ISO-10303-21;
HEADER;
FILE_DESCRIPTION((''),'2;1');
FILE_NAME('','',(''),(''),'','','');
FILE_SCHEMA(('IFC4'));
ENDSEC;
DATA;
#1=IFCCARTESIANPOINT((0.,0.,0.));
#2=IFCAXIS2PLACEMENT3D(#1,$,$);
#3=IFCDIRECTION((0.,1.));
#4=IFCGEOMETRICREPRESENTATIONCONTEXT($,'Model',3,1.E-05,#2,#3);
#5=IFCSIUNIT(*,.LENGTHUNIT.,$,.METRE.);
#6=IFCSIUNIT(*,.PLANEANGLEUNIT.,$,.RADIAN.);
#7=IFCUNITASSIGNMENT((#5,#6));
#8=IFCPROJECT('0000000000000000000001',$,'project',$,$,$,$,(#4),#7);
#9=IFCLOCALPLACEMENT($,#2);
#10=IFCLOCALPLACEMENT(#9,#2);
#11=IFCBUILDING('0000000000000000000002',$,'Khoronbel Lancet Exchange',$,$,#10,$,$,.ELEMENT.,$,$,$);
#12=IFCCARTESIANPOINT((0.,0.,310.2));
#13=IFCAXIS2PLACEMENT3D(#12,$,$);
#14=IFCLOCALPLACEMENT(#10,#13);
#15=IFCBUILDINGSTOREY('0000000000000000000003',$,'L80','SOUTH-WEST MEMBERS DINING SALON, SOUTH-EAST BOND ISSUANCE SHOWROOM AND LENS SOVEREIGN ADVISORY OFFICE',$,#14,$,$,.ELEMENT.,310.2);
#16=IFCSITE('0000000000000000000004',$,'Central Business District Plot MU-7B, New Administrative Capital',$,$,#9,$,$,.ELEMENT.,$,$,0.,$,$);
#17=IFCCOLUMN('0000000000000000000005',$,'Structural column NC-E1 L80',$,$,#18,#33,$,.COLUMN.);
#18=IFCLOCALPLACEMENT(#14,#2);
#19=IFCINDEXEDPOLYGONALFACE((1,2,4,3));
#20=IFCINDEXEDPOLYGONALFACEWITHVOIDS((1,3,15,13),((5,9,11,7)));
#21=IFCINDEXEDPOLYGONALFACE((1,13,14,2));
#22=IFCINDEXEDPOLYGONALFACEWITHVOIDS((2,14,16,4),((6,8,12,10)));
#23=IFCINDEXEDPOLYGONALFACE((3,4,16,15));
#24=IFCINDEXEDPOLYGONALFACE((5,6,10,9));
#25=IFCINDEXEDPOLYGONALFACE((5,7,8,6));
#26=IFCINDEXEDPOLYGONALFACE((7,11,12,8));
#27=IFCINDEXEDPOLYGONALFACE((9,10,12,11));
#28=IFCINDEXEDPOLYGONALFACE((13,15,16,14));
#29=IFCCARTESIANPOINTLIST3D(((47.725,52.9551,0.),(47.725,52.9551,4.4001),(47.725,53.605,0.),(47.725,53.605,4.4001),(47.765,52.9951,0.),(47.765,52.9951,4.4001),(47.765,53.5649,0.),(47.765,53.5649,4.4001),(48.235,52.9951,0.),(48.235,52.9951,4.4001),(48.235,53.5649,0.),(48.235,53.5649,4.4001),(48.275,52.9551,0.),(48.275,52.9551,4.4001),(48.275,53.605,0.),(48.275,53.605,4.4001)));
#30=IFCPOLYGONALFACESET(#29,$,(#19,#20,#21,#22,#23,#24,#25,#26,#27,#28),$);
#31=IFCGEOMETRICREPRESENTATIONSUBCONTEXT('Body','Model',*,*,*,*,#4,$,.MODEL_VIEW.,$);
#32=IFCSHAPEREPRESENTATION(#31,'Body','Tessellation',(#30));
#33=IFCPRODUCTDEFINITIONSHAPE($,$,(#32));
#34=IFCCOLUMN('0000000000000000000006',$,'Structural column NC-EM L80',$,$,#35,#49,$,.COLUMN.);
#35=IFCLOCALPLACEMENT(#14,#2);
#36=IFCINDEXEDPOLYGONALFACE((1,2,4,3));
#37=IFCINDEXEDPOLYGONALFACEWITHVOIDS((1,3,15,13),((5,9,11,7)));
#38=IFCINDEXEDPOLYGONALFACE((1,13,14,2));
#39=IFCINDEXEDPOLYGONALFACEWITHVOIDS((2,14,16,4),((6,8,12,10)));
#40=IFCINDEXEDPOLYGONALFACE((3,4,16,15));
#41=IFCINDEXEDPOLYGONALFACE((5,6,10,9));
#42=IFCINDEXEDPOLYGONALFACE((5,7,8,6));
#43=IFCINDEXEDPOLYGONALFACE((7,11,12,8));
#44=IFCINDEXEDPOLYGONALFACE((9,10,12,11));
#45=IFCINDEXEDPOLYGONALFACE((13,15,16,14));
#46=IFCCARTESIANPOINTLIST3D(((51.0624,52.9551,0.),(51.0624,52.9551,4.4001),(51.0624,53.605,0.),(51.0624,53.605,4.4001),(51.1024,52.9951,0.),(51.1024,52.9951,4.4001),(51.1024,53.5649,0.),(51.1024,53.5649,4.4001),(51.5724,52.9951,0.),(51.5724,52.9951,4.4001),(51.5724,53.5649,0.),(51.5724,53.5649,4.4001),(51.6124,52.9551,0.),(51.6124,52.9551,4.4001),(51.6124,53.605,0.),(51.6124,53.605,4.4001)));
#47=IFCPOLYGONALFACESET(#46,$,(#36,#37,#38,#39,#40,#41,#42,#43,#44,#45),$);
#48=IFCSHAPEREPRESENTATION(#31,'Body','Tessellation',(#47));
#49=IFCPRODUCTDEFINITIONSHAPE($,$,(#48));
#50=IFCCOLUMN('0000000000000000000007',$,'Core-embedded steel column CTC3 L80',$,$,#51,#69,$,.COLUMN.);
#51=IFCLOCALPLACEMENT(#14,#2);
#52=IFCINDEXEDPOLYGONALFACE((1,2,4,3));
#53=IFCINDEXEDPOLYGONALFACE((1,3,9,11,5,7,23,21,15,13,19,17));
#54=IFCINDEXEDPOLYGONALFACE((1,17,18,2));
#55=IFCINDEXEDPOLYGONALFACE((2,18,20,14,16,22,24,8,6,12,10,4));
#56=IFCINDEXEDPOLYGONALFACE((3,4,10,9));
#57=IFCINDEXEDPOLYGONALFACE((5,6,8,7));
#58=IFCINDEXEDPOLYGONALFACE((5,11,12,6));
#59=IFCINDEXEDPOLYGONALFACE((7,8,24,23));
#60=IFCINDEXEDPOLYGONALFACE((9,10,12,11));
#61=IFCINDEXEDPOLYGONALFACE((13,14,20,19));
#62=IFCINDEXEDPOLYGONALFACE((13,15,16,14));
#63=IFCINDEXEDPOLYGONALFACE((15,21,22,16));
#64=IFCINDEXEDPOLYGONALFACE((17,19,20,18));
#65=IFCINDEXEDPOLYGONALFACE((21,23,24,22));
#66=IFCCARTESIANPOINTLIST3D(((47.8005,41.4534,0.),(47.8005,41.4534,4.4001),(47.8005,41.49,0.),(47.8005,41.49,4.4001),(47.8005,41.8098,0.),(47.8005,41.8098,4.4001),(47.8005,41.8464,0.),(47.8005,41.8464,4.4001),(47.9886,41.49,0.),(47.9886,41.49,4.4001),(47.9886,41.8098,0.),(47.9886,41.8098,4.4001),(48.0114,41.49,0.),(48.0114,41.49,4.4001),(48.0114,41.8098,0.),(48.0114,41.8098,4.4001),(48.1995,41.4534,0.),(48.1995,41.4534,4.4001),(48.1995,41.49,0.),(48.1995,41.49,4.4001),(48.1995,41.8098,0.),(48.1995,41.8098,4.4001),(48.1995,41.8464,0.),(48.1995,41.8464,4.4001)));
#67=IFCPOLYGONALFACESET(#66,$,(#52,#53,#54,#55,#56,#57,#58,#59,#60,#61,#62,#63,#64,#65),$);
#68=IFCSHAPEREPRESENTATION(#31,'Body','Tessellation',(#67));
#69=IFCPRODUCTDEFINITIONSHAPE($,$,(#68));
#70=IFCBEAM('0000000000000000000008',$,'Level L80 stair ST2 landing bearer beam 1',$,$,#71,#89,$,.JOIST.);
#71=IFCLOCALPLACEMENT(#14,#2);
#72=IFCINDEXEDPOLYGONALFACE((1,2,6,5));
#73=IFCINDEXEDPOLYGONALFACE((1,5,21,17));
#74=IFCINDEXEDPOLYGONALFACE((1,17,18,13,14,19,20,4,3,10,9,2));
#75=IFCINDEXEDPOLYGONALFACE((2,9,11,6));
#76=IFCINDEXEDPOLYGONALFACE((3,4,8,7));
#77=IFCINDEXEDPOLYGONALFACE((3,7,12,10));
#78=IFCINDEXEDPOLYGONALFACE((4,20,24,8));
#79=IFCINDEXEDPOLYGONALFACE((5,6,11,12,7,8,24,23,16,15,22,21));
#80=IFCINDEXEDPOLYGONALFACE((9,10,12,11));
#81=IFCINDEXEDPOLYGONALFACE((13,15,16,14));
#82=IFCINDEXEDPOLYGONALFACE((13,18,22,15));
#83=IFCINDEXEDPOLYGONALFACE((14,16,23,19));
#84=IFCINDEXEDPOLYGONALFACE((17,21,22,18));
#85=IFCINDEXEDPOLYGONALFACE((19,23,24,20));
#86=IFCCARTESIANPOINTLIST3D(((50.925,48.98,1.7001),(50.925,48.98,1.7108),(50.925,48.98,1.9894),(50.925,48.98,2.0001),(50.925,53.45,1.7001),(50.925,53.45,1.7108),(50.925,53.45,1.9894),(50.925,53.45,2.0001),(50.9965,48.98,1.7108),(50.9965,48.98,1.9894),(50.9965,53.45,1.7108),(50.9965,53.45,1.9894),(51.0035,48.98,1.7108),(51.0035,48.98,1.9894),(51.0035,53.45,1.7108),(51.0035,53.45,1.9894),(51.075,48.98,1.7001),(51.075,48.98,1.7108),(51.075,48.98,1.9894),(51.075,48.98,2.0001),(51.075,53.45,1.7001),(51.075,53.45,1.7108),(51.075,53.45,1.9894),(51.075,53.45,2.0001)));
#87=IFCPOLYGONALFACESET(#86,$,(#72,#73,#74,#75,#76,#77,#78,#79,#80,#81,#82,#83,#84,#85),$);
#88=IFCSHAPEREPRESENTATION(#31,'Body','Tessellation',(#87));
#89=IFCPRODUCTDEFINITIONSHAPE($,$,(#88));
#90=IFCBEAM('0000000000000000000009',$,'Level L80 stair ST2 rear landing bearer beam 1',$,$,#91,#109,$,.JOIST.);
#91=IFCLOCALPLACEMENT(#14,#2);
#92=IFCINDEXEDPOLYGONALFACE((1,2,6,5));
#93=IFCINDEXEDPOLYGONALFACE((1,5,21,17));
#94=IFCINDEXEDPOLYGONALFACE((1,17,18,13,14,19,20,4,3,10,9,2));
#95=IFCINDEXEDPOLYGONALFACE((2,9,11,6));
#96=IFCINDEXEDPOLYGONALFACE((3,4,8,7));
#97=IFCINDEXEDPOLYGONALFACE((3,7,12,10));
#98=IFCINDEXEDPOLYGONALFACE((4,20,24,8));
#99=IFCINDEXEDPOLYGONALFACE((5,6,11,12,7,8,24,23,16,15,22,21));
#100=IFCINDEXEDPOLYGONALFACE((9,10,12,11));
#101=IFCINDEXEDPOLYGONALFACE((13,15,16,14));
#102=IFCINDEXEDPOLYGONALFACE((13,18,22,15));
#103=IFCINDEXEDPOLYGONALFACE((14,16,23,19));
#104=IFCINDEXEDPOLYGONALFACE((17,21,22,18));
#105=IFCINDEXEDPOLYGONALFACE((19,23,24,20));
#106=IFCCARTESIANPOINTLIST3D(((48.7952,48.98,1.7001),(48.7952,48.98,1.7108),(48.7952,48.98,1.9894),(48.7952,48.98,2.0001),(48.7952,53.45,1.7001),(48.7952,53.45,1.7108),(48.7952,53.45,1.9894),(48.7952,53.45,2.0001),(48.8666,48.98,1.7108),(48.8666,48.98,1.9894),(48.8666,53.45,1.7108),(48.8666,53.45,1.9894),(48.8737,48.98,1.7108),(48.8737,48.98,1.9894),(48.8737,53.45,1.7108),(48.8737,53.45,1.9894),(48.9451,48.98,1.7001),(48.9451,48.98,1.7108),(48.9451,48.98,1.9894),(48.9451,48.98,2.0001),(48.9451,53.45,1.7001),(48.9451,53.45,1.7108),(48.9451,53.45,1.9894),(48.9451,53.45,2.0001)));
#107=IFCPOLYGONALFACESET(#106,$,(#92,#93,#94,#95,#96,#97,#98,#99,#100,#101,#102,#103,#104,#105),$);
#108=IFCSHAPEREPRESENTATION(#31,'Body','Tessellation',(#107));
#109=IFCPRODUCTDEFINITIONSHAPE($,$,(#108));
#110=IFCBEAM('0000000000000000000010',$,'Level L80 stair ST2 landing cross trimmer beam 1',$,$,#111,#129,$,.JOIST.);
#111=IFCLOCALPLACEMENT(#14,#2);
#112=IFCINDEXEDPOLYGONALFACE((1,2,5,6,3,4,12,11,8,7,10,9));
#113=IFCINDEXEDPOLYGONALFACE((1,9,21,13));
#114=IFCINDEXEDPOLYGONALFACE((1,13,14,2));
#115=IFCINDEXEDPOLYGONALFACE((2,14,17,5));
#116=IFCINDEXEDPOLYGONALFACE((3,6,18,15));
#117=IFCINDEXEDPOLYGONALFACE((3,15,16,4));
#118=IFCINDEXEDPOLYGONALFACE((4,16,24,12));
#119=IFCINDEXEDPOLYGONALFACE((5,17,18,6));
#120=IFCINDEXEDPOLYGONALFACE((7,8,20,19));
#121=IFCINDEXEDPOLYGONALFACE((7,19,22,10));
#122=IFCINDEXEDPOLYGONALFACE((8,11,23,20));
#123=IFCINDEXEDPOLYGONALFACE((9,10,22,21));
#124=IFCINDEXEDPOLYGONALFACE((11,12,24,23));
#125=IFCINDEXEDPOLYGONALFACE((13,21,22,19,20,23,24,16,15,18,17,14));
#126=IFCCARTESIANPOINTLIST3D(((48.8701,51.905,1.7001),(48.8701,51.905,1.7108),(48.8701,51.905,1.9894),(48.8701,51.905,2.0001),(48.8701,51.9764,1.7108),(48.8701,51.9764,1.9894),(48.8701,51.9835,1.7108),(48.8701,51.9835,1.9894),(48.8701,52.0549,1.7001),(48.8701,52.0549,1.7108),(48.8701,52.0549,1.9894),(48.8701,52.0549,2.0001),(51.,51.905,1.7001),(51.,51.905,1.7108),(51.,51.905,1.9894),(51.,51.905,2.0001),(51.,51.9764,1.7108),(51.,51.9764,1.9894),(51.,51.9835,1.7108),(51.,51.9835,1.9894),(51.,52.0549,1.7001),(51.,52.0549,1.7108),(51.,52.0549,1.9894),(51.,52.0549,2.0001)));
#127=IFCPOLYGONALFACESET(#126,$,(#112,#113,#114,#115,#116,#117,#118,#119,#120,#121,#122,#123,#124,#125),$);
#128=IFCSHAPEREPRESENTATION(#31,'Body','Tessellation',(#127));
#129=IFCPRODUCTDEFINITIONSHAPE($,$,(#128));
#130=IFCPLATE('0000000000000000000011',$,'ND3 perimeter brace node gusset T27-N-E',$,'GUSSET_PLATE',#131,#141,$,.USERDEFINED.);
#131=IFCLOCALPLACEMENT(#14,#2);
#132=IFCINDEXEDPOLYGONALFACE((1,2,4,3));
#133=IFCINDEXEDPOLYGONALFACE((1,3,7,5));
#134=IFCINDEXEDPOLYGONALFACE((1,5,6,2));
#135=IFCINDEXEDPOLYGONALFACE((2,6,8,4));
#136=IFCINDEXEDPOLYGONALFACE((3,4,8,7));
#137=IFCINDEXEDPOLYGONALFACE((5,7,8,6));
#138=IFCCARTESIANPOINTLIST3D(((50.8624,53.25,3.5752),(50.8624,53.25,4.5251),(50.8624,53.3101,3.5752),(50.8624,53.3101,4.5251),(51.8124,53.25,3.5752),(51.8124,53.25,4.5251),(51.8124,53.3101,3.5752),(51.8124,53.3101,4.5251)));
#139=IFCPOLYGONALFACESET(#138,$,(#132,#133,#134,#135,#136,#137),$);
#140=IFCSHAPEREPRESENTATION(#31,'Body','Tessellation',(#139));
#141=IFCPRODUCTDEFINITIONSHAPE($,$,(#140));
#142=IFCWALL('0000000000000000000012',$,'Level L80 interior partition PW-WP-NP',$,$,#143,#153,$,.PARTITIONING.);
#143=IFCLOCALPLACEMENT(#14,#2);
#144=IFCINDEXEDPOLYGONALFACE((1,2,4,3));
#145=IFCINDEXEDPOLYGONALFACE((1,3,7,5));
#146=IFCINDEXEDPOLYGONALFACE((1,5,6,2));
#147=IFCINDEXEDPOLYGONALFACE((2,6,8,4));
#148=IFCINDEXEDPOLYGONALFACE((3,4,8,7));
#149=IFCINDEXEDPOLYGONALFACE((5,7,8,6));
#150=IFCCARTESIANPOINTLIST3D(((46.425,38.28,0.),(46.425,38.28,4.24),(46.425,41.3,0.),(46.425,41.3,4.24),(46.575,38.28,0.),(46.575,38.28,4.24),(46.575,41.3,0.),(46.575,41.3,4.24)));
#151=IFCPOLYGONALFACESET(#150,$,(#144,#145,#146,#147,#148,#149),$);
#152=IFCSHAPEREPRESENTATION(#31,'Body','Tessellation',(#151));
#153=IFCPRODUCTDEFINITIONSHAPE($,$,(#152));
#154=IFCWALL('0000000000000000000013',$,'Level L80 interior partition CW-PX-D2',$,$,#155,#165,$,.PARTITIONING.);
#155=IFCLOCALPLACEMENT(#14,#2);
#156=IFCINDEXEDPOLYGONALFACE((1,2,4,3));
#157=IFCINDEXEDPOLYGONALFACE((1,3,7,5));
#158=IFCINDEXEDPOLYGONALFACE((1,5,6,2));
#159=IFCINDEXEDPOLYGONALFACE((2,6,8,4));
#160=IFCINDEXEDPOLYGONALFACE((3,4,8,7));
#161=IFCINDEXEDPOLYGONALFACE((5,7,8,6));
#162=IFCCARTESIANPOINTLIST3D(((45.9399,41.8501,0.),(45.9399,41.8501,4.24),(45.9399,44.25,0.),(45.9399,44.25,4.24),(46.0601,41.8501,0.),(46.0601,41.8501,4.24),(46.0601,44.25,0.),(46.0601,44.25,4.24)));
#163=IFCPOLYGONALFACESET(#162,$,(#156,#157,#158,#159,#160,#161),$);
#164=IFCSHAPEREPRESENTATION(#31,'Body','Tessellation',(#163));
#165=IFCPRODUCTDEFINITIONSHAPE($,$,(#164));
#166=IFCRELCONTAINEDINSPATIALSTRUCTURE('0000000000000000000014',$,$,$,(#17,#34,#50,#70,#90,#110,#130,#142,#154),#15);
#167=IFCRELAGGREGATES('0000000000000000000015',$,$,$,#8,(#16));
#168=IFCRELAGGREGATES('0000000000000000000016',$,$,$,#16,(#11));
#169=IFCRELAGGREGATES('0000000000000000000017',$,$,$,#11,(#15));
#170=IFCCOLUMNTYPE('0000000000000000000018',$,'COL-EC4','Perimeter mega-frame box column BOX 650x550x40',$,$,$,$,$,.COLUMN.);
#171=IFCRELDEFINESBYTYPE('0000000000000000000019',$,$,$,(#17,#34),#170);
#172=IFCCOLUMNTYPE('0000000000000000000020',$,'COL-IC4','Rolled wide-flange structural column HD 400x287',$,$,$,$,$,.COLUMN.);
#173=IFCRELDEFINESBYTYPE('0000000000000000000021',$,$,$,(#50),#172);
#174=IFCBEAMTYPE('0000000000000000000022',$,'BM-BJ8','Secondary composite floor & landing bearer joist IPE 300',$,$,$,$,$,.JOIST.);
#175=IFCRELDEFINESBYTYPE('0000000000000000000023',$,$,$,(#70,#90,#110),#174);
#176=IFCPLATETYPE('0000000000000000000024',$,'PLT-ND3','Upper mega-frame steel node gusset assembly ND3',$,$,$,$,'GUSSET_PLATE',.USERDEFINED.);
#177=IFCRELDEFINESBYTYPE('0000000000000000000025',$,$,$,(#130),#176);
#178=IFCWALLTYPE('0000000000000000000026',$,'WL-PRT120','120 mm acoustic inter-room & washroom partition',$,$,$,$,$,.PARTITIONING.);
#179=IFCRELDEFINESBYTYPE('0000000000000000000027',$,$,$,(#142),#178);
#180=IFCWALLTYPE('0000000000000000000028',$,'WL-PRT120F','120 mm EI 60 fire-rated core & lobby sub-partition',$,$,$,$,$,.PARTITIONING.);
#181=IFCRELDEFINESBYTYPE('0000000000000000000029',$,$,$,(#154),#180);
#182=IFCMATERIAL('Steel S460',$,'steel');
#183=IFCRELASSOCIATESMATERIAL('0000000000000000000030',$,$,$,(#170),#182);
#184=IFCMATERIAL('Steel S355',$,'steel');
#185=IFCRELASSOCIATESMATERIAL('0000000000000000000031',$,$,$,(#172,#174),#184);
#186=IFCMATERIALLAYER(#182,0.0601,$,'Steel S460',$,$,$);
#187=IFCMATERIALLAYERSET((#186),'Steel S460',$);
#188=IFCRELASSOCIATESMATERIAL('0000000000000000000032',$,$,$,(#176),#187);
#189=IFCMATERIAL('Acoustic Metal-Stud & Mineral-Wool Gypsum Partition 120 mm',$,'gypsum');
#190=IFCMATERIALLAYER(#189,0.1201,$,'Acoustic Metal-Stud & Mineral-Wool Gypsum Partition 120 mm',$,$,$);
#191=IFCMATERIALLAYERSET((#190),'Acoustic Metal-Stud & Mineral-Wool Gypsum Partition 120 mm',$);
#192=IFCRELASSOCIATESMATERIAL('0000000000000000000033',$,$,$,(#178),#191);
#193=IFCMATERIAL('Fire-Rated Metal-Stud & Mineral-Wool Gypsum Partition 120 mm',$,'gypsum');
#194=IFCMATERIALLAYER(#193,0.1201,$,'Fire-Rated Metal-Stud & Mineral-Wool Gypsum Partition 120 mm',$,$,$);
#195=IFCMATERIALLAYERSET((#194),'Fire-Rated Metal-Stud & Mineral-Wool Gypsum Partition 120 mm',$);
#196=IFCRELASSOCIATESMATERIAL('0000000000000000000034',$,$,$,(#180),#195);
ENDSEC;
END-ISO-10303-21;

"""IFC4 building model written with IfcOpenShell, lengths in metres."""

from ifc_helpers import new_model, si_unit, direction, frame, frame_2d, origin, origin_2d, place, context, subcontext, project, spatial, rectangle, hollow_rectangle, i_section, extrude, material, layer, layer_set, material_profile, profile_set, type_object, element, save


model = new_model("IFC4")

# Units and contexts
model_context = context("Model", 3, precision=1e-05, world=origin(), true_north=direction((0.0, 1.0)))
body_context = subcontext(model_context, "Body", "Model", "MODEL_VIEW")
ifc_project = project(units=[si_unit("LENGTHUNIT", "METRE"), si_unit("PLANEANGLEUNIT", "RADIAN")], contexts=[model_context])

# Site, building, storey
site_placement = place(None, origin())
site = spatial("IfcSite", under=ifc_project, at=site_placement, Name="Central Business District Plot MU-7B, New Administrative Capital", CompositionType="ELEMENT", RefElevation=0.0)
building_placement = place(site_placement, origin())
building = spatial("IfcBuilding", under=site, at=building_placement, Name="Khoronbel Lancet Exchange", CompositionType="ELEMENT")
storey_placement = place(building_placement, frame((0.0, 0.0, 310.2)))
storey = spatial("IfcBuildingStorey", under=building, at=storey_placement, Name="L80", Description="SOUTH-WEST MEMBERS DINING SALON, SOUTH-EAST BOND ISSUANCE SHOWROOM AND LENS SOVEREIGN ADVISORY OFFICE", CompositionType="ELEMENT", Elevation=310.2)

# Columns
ifc_material_1 = material(Name="Steel S460", Category="steel")
ifc_material_profile_1 = material_profile(ifc_material_1, hollow_rectangle(XDim=0.55, YDim=0.6499, WallThickness=0.04, at=origin_2d()), Name="BOX 650x550x40")
ifc_profile_set_1 = profile_set([ifc_material_profile_1], Name="Steel S460")
column_type_1 = type_object("IfcColumnType", Name="COL-EC4", Description="Perimeter mega-frame box column BOX 650x550x40", PredefinedType="COLUMN", material=ifc_profile_set_1)
for number, where, z_axis, x_axis, name in (
    (1, (48.0, 53.28, 0.0), (0.0, 0.0, 1.0), (1.0, 0.0, 0.0), "Structural column NC-E1 L80"),
    (2, (51.3374, 53.28, 0.0), (0.0, 0.0, 1.0), (1.0, 0.0, 0.0), "Structural column NC-EM L80"),
):
    element("IfcColumn", number, at=place(storey_placement, frame(where, z_axis=z_axis, x_axis=x_axis)), inside=storey, type_object=column_type_1, Name=name, PredefinedType="COLUMN", context=body_context, shape_type="SweptSolid", body=[
        extrude(hollow_rectangle(XDim=0.55, YDim=0.6499, WallThickness=0.04, at=origin_2d()), origin(), (0.0, 0.0, 1.0), 4.4001),
    ])
ifc_material_2 = material(Name="Steel S355", Category="steel")
ifc_material_profile_2 = material_profile(ifc_material_2, i_section(OverallWidth=0.3989, OverallDepth=0.3931, WebThickness=0.0227, FlangeThickness=0.0366, at=origin_2d()), Name="HD 400x287")
ifc_profile_set_2 = profile_set([ifc_material_profile_2], Name="Steel S355")
column_type_2 = type_object("IfcColumnType", Name="COL-IC4", Description="Rolled wide-flange structural column HD 400x287", PredefinedType="COLUMN", material=ifc_profile_set_2)
column_placement = place(storey_placement, frame((48.0, 41.6499, 0.0), z_axis=(0.0, 0.0, 1.0), x_axis=(1.0, 0.0, 0.0)))
element("IfcColumn", 3, at=column_placement, inside=storey, type_object=column_type_2, Name="Core-embedded steel column CTC3 L80", PredefinedType="COLUMN", context=body_context, shape_type="SweptSolid", body=[
    extrude(i_section(OverallWidth=0.3989, OverallDepth=0.3931, WebThickness=0.0227, FlangeThickness=0.0366, at=origin_2d()), origin(), (0.0, 0.0, 1.0), 4.4001),
])

# Beams
ifc_material_profile_3 = material_profile(ifc_material_2, i_section(OverallWidth=0.1499, OverallDepth=0.3, WebThickness=0.0071, FlangeThickness=0.0107, at=origin_2d()), Name="IPE 300")
ifc_profile_set_3 = profile_set([ifc_material_profile_3], Name="Steel S355")
beam_type = type_object("IfcBeamType", Name="BM-BJ8", Description="Secondary composite floor & landing bearer joist IPE 300", PredefinedType="JOIST", material=ifc_profile_set_3)
for number, where, z_axis, x_axis, name in (
    (4, (51.0, 48.98, 1.8501), (0.0, 1.0, 0.0), (-1.0, 0.0, 0.0), "Level L80 stair ST2 landing bearer beam 1"),
    (5, (48.8701, 48.98, 1.8501), (0.0, 1.0, 0.0), (-1.0, 0.0, 0.0), "Level L80 stair ST2 rear landing bearer beam 1"),
):
    element("IfcBeam", number, at=place(storey_placement, frame(where, z_axis=z_axis, x_axis=x_axis)), inside=storey, type_object=beam_type, Name=name, PredefinedType="JOIST", context=body_context, shape_type="SweptSolid", body=[
        extrude(i_section(OverallWidth=0.1499, OverallDepth=0.3, WebThickness=0.0071, FlangeThickness=0.0107, at=origin_2d()), origin(), (0.0, 0.0, 1.0), 4.47),
    ])
beam_placement = place(storey_placement, frame((48.8701, 51.98, 1.8501), z_axis=(1.0, 0.0, 0.0), x_axis=(0.0, 1.0, 0.0)))
element("IfcBeam", 6, at=beam_placement, inside=storey, type_object=beam_type, Name="Level L80 stair ST2 landing cross trimmer beam 1", PredefinedType="JOIST", context=body_context, shape_type="SweptSolid", body=[
    extrude(i_section(OverallWidth=0.1499, OverallDepth=0.3, WebThickness=0.0071, FlangeThickness=0.0107, at=origin_2d()), origin(), (0.0, 0.0, 1.0), 2.1299),
])

# Plate
ifc_layer_1 = layer(ifc_material_1, 0.0601, Name="Steel S460")
ifc_layer_set_1 = layer_set([ifc_layer_1], Name="Steel S460")
plate_type = type_object("IfcPlateType", Name="PLT-ND3", Description="Upper mega-frame steel node gusset assembly ND3", ElementType="GUSSET_PLATE", PredefinedType="USERDEFINED", material=ifc_layer_set_1)
plate_placement = place(storey_placement, frame((51.3374, 53.28, 3.5752), z_axis=(0.0, 0.0, 1.0), x_axis=(1.0, 0.0, 0.0)))
element("IfcPlate", 7, at=plate_placement, inside=storey, type_object=plate_type, Name="ND3 perimeter brace node gusset T27-N-E", ObjectType="GUSSET_PLATE", PredefinedType="USERDEFINED", context=body_context, shape_type="SweptSolid", body=[
    extrude(rectangle(XDim=0.95, YDim=0.0601, at=origin_2d()), origin(), (0.0, 0.0, 1.0), 0.95),
])

# Walls
ifc_material_3 = material(Name="Acoustic Metal-Stud & Mineral-Wool Gypsum Partition 120 mm", Category="gypsum")
ifc_layer_2 = layer(ifc_material_3, 0.1201, Name="Acoustic Metal-Stud & Mineral-Wool Gypsum Partition 120 mm")
ifc_layer_set_2 = layer_set([ifc_layer_2], Name="Acoustic Metal-Stud & Mineral-Wool Gypsum Partition 120 mm")
wall_type_1 = type_object("IfcWallType", Name="WL-PRT120", Description="120 mm acoustic inter-room & washroom partition", PredefinedType="PARTITIONING", material=ifc_layer_set_2)
wall_1_placement = place(storey_placement, frame((46.5, 38.28, 0.0), z_axis=(0.0, 0.0, 1.0), x_axis=(0.0, 1.0, 0.0)))
element("IfcWall", 8, at=wall_1_placement, inside=storey, type_object=wall_type_1, Name="Level L80 interior partition PW-WP-NP", PredefinedType="PARTITIONING", context=body_context, shape_type="SweptSolid", body=[
    extrude(rectangle(XDim=3.02, YDim=0.1499, at=frame_2d((1.51, 0.0))), origin(), (0.0, 0.0, 1.0), 4.24),
])
ifc_material_4 = material(Name="Fire-Rated Metal-Stud & Mineral-Wool Gypsum Partition 120 mm", Category="gypsum")
ifc_layer_3 = layer(ifc_material_4, 0.1201, Name="Fire-Rated Metal-Stud & Mineral-Wool Gypsum Partition 120 mm")
ifc_layer_set_3 = layer_set([ifc_layer_3], Name="Fire-Rated Metal-Stud & Mineral-Wool Gypsum Partition 120 mm")
wall_type_2 = type_object("IfcWallType", Name="WL-PRT120F", Description="120 mm EI 60 fire-rated core & lobby sub-partition", PredefinedType="PARTITIONING", material=ifc_layer_set_3)
wall_2_placement = place(storey_placement, frame((46.0, 41.8501, 0.0), z_axis=(0.0, 0.0, 1.0), x_axis=(0.0, 1.0, 0.0)))
element("IfcWall", 9, at=wall_2_placement, inside=storey, type_object=wall_type_2, Name="Level L80 interior partition CW-PX-D2", PredefinedType="PARTITIONING", context=body_context, shape_type="SweptSolid", body=[
    extrude(rectangle(XDim=2.3999, YDim=0.1201, at=frame_2d((1.2, 0.0))), origin(), (0.0, 0.0, 1.0), 4.24),
])

save(model, "model.ifc")
